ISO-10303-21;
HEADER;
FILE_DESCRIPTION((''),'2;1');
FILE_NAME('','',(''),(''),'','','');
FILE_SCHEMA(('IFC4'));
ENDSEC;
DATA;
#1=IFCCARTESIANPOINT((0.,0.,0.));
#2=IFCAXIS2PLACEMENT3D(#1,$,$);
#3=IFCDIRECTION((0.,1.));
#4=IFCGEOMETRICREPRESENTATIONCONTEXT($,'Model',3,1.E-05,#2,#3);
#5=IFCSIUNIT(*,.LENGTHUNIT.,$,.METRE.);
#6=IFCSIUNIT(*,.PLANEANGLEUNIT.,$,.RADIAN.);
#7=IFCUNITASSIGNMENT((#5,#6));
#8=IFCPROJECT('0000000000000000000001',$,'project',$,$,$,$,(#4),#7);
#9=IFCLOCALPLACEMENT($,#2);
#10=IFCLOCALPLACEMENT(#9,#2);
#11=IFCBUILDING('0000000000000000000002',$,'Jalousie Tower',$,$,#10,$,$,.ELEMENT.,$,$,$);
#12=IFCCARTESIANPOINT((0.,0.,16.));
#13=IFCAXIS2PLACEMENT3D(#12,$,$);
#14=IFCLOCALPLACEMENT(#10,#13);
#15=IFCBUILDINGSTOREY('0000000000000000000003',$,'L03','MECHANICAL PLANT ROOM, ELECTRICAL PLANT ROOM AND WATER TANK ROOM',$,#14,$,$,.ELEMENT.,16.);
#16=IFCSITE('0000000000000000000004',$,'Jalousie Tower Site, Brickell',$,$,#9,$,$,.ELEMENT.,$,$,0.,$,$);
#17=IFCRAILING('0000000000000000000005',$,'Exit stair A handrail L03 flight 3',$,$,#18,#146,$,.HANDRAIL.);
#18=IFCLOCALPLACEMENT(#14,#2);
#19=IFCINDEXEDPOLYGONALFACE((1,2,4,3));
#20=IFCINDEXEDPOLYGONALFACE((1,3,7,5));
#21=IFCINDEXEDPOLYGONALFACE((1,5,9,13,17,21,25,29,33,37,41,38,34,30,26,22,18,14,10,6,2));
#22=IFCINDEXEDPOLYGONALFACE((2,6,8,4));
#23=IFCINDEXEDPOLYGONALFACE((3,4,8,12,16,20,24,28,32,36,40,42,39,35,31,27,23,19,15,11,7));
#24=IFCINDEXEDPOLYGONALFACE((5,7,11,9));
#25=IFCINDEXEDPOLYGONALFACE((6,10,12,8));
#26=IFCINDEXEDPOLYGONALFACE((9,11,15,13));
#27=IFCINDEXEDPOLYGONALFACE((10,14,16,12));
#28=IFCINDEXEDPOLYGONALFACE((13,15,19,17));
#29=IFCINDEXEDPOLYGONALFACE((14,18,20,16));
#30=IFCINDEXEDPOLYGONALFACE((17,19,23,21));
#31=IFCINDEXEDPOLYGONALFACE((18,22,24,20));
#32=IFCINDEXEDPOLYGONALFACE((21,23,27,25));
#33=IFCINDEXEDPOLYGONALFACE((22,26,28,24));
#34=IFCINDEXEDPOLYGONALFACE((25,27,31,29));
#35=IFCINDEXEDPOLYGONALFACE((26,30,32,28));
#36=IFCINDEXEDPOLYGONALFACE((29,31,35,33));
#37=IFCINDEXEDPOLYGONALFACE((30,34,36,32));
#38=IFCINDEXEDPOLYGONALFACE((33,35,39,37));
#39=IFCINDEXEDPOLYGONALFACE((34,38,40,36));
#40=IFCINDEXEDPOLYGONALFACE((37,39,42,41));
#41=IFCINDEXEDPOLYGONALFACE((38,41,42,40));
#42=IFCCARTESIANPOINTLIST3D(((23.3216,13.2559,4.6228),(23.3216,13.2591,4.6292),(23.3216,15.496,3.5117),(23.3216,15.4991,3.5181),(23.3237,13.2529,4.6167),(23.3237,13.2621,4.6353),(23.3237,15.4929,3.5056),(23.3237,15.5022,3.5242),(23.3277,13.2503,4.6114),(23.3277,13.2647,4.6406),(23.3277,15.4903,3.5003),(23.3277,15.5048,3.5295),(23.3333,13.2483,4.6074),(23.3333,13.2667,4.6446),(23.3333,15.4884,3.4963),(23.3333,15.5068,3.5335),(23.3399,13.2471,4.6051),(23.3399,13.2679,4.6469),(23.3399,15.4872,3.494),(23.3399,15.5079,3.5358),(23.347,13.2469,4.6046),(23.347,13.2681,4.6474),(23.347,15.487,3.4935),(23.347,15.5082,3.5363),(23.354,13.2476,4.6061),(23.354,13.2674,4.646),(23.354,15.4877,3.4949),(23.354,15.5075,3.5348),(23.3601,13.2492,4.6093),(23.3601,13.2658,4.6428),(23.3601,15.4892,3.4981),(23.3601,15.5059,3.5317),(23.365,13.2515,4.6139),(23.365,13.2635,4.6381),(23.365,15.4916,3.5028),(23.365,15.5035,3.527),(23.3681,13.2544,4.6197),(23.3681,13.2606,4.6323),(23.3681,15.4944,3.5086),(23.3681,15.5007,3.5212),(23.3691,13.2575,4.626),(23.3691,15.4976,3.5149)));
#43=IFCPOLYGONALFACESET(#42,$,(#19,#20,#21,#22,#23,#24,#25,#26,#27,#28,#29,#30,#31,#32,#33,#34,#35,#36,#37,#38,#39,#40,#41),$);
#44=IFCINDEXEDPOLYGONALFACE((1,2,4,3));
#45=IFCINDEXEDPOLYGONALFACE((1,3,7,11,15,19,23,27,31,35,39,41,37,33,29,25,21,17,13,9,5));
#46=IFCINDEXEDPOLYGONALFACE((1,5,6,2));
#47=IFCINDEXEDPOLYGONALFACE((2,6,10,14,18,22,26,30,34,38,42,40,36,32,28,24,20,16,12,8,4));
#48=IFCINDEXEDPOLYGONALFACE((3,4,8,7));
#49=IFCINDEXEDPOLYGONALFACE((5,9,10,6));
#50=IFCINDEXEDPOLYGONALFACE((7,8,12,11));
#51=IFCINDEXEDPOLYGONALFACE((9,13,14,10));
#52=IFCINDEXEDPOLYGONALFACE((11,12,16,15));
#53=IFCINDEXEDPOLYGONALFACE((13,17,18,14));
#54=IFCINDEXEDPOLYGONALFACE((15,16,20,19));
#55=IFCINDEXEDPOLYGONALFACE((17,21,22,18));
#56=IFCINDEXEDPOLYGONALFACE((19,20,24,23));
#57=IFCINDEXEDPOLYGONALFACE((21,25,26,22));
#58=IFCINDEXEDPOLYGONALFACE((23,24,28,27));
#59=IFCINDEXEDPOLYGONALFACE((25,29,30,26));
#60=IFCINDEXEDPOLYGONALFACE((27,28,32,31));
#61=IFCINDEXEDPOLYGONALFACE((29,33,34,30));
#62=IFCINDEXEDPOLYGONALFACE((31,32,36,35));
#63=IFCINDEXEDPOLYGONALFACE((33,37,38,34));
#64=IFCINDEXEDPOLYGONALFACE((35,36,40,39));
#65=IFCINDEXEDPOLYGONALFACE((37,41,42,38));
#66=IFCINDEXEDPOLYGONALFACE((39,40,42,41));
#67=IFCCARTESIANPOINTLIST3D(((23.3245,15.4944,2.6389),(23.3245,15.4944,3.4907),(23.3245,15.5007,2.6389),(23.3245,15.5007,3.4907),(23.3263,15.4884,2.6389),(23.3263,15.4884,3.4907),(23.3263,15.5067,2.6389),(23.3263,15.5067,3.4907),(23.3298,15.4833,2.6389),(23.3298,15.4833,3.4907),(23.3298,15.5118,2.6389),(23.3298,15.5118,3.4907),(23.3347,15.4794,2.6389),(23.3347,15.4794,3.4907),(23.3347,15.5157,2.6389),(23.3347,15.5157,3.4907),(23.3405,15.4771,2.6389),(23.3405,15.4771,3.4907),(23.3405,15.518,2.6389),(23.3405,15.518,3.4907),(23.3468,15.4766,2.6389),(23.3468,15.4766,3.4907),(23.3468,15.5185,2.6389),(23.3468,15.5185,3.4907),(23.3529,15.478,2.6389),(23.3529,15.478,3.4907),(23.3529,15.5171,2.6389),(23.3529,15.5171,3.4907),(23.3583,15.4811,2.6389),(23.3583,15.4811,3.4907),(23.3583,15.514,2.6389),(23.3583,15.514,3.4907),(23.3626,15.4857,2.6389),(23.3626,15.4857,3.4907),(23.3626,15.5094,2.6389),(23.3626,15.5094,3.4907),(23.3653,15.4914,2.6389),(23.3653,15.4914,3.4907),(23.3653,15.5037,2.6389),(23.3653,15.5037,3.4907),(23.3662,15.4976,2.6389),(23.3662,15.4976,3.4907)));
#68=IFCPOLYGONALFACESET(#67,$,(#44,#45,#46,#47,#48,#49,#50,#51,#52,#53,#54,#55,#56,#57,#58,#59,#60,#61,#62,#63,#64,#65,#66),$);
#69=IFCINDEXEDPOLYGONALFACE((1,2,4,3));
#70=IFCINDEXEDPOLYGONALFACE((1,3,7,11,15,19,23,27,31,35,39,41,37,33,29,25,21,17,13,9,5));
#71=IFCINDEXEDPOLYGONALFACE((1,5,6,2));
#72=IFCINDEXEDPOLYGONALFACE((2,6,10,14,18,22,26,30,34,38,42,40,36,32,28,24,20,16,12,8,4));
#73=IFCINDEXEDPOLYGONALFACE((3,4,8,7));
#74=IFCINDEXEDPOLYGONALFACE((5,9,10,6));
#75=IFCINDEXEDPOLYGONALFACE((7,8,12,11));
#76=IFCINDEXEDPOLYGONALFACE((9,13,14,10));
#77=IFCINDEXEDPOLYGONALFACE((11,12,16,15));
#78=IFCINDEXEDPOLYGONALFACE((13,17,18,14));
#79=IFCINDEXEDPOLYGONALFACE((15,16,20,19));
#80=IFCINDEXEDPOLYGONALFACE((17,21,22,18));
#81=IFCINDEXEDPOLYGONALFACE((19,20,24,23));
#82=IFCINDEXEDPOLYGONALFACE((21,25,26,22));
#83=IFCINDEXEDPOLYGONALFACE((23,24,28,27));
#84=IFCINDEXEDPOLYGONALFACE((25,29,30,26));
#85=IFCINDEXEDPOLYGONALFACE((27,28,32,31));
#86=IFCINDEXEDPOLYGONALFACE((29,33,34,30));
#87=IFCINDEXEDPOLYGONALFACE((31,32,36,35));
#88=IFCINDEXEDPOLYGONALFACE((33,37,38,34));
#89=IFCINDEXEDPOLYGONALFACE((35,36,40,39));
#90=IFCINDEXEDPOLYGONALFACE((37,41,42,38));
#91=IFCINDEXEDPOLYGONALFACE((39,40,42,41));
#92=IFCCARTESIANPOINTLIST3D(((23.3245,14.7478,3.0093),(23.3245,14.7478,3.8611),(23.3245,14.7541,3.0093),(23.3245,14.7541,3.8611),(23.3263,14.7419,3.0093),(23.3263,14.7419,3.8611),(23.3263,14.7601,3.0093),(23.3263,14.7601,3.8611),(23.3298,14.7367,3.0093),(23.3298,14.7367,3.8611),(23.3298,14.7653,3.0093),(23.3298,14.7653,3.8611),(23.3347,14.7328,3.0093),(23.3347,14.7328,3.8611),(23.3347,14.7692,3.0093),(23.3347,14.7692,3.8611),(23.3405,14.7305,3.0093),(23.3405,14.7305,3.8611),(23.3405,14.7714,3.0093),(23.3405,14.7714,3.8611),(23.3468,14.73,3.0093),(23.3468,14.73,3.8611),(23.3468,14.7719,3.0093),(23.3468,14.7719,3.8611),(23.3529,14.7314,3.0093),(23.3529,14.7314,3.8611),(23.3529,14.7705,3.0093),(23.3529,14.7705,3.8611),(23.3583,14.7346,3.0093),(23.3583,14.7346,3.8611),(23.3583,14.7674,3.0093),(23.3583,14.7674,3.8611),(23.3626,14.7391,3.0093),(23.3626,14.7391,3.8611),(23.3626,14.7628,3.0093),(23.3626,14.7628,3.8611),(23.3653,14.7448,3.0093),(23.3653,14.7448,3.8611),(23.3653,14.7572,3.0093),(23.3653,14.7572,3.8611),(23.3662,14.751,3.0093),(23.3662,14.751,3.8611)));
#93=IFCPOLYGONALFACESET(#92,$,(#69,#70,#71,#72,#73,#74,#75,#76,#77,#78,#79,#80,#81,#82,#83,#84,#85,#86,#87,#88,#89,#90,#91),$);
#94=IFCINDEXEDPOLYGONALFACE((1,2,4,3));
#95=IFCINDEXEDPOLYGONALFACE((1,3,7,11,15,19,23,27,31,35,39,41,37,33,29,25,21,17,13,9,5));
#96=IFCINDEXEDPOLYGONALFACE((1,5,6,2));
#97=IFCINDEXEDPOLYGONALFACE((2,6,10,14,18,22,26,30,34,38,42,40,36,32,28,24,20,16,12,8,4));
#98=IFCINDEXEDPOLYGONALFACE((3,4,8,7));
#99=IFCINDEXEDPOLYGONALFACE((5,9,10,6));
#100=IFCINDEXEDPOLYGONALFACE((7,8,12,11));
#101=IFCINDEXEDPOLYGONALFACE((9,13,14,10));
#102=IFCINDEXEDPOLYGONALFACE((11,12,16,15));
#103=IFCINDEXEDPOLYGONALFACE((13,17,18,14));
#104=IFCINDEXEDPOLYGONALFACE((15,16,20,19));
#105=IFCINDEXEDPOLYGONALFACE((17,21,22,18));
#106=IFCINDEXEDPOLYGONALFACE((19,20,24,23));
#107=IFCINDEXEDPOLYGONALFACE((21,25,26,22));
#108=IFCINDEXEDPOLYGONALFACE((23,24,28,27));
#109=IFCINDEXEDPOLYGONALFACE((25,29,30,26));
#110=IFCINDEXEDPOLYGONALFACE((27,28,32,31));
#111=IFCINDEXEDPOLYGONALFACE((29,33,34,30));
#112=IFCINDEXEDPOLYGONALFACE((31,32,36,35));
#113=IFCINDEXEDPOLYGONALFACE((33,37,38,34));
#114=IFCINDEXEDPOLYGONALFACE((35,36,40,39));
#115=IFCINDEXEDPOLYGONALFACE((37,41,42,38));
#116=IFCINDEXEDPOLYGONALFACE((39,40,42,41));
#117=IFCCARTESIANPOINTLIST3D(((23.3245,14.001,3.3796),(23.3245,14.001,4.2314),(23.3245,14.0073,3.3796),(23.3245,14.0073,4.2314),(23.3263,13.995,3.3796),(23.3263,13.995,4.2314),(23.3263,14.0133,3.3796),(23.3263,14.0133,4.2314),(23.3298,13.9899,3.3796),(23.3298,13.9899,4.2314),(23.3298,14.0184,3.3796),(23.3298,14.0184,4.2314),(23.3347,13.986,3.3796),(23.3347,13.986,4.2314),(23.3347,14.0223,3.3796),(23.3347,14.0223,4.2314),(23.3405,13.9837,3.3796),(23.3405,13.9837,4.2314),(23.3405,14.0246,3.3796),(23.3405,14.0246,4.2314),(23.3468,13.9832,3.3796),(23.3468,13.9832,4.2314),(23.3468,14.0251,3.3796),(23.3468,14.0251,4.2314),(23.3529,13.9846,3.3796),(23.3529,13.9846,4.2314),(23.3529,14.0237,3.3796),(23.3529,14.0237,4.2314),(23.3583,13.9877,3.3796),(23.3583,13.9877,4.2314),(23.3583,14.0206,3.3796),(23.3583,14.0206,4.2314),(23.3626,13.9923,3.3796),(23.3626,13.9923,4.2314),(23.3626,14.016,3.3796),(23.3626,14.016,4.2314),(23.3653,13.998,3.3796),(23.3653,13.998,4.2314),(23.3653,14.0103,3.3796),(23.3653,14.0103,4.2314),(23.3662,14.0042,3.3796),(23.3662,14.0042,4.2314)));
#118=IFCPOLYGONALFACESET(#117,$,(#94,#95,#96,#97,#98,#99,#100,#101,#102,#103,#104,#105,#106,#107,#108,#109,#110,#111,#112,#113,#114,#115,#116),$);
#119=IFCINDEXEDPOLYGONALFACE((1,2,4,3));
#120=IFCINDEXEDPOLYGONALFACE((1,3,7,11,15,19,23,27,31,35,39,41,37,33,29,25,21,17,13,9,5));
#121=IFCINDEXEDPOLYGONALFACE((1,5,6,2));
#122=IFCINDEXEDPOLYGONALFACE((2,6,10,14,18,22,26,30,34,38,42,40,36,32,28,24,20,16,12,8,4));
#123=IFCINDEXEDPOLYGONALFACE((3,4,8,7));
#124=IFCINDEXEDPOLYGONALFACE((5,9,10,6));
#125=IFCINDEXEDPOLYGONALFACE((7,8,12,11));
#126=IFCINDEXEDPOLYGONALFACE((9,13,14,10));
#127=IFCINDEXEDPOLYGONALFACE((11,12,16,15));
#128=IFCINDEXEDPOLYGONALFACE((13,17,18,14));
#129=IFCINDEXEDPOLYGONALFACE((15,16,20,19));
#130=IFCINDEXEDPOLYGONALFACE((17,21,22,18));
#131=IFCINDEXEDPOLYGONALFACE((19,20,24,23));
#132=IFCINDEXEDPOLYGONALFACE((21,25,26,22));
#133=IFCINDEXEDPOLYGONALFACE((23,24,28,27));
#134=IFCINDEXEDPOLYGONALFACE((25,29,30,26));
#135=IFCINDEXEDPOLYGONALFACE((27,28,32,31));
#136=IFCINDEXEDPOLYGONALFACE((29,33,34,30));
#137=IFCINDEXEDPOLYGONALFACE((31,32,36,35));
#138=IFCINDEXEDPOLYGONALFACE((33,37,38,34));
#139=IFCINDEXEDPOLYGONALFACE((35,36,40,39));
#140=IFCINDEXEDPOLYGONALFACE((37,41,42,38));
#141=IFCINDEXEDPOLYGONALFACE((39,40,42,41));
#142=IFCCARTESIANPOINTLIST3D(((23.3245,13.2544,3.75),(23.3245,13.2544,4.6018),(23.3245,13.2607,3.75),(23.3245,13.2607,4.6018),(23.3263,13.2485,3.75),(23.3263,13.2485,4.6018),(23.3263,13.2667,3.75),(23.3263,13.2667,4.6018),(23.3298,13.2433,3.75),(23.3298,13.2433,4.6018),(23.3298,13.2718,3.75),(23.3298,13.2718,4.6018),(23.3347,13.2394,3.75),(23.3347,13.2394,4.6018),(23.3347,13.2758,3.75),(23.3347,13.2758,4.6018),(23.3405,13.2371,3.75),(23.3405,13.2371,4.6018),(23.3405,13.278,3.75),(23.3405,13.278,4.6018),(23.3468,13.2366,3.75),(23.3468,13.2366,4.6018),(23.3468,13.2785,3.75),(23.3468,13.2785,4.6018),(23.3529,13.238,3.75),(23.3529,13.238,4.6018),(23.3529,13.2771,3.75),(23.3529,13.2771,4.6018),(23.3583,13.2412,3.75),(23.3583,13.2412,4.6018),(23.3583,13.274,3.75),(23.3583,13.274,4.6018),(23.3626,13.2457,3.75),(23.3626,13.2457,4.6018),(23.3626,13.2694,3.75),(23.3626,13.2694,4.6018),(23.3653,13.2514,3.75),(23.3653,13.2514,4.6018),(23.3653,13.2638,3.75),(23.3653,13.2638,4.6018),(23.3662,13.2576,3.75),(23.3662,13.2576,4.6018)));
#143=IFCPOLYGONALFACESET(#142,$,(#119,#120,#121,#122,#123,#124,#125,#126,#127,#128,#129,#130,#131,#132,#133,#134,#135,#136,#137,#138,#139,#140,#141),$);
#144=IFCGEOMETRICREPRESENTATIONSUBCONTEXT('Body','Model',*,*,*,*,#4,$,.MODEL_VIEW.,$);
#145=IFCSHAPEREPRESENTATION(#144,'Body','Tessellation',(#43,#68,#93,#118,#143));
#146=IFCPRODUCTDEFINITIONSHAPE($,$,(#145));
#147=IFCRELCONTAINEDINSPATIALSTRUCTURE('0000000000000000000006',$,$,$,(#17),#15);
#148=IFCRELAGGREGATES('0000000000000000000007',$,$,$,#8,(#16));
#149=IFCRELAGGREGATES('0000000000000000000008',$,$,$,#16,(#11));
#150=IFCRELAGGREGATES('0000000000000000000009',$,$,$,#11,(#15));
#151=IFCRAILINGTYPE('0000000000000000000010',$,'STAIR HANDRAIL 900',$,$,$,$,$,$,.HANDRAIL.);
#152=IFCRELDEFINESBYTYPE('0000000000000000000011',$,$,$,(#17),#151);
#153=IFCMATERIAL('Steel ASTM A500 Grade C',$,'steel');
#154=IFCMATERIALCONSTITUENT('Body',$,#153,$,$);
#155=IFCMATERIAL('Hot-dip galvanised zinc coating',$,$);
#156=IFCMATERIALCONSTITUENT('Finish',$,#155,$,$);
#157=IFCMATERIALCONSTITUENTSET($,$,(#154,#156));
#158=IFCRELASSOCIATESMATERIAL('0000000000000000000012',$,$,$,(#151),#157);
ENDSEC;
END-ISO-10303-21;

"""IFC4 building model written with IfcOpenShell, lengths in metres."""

from ifc_helpers import new_model, si_unit, direction, frame, origin, origin_2d, place, context, subcontext, project, spatial, circle, extrude, material, constituent, constituent_set, type_object, element, save


model = new_model("IFC4")

# Units and contexts
model_context = context("Model", 3, precision=1e-05, world=origin(), true_north=direction((0.0, 1.0)))
body_context = subcontext(model_context, "Body", "Model", "MODEL_VIEW")
ifc_project = project(units=[si_unit("LENGTHUNIT", "METRE"), si_unit("PLANEANGLEUNIT", "RADIAN")], contexts=[model_context])

# Site, building, storey
site_placement = place(None, origin())
site = spatial("IfcSite", under=ifc_project, at=site_placement, Name="Jalousie Tower Site, Brickell", CompositionType="ELEMENT", RefElevation=0.0)
building_placement = place(site_placement, origin())
building = spatial("IfcBuilding", under=site, at=building_placement, Name="Jalousie Tower", CompositionType="ELEMENT")
storey_placement = place(building_placement, frame((0.0, 0.0, 16.0)))
storey = spatial("IfcBuildingStorey", under=building, at=storey_placement, Name="L03", Description="MECHANICAL PLANT ROOM, ELECTRICAL PLANT ROOM AND WATER TANK ROOM", CompositionType="ELEMENT", Elevation=16.0)

# Railing
ifc_material_1 = material(Name="Steel ASTM A500 Grade C", Category="steel")
ifc_constituent_1 = constituent(ifc_material_1, Name="Body")
ifc_material_2 = material(Name="Hot-dip galvanised zinc coating")
ifc_constituent_2 = constituent(ifc_material_2, Name="Finish")
ifc_constituent_set_1 = constituent_set(constituents=[ifc_constituent_1, ifc_constituent_2])
railing_type_1 = type_object("IfcRailingType", Name="STAIR HANDRAIL 900", PredefinedType="HANDRAIL", material=ifc_constituent_set_1)
railing_1_placement = place(storey_placement, frame((23.3452, 15.4976, 2.6389)))
element("IfcRailing", 1, at=railing_1_placement, inside=storey, type_object=railing_type_1, Name="Exit stair A handrail L03 flight 3", PredefinedType="HANDRAIL", context=body_context, shape_type="SweptSolid", body=[
    extrude(circle(Radius=0.0239, at=origin_2d()), frame((0.0, 0.0, 0.876), z_axis=(0.0, -0.895848, 0.44436), x_axis=(1.0, 0.0, 0.0)), (0.0, 0.0, 1.0), 2.5005),
    extrude(circle(Radius=0.021, at=origin_2d()), origin(), (0.0, 0.0, 1.0), 0.8518),
    extrude(circle(Radius=0.021, at=origin_2d()), frame((0.0, -0.7466, 0.3704)), (0.0, 0.0, 1.0), 0.8518),
    extrude(circle(Radius=0.021, at=origin_2d()), frame((0.0, -1.4934, 0.7407)), (0.0, 0.0, 1.0), 0.8518),
    extrude(circle(Radius=0.021, at=origin_2d()), frame((0.0, -2.24, 1.1111)), (0.0, 0.0, 1.0), 0.8518),
])

save(model, "model.ifc")
